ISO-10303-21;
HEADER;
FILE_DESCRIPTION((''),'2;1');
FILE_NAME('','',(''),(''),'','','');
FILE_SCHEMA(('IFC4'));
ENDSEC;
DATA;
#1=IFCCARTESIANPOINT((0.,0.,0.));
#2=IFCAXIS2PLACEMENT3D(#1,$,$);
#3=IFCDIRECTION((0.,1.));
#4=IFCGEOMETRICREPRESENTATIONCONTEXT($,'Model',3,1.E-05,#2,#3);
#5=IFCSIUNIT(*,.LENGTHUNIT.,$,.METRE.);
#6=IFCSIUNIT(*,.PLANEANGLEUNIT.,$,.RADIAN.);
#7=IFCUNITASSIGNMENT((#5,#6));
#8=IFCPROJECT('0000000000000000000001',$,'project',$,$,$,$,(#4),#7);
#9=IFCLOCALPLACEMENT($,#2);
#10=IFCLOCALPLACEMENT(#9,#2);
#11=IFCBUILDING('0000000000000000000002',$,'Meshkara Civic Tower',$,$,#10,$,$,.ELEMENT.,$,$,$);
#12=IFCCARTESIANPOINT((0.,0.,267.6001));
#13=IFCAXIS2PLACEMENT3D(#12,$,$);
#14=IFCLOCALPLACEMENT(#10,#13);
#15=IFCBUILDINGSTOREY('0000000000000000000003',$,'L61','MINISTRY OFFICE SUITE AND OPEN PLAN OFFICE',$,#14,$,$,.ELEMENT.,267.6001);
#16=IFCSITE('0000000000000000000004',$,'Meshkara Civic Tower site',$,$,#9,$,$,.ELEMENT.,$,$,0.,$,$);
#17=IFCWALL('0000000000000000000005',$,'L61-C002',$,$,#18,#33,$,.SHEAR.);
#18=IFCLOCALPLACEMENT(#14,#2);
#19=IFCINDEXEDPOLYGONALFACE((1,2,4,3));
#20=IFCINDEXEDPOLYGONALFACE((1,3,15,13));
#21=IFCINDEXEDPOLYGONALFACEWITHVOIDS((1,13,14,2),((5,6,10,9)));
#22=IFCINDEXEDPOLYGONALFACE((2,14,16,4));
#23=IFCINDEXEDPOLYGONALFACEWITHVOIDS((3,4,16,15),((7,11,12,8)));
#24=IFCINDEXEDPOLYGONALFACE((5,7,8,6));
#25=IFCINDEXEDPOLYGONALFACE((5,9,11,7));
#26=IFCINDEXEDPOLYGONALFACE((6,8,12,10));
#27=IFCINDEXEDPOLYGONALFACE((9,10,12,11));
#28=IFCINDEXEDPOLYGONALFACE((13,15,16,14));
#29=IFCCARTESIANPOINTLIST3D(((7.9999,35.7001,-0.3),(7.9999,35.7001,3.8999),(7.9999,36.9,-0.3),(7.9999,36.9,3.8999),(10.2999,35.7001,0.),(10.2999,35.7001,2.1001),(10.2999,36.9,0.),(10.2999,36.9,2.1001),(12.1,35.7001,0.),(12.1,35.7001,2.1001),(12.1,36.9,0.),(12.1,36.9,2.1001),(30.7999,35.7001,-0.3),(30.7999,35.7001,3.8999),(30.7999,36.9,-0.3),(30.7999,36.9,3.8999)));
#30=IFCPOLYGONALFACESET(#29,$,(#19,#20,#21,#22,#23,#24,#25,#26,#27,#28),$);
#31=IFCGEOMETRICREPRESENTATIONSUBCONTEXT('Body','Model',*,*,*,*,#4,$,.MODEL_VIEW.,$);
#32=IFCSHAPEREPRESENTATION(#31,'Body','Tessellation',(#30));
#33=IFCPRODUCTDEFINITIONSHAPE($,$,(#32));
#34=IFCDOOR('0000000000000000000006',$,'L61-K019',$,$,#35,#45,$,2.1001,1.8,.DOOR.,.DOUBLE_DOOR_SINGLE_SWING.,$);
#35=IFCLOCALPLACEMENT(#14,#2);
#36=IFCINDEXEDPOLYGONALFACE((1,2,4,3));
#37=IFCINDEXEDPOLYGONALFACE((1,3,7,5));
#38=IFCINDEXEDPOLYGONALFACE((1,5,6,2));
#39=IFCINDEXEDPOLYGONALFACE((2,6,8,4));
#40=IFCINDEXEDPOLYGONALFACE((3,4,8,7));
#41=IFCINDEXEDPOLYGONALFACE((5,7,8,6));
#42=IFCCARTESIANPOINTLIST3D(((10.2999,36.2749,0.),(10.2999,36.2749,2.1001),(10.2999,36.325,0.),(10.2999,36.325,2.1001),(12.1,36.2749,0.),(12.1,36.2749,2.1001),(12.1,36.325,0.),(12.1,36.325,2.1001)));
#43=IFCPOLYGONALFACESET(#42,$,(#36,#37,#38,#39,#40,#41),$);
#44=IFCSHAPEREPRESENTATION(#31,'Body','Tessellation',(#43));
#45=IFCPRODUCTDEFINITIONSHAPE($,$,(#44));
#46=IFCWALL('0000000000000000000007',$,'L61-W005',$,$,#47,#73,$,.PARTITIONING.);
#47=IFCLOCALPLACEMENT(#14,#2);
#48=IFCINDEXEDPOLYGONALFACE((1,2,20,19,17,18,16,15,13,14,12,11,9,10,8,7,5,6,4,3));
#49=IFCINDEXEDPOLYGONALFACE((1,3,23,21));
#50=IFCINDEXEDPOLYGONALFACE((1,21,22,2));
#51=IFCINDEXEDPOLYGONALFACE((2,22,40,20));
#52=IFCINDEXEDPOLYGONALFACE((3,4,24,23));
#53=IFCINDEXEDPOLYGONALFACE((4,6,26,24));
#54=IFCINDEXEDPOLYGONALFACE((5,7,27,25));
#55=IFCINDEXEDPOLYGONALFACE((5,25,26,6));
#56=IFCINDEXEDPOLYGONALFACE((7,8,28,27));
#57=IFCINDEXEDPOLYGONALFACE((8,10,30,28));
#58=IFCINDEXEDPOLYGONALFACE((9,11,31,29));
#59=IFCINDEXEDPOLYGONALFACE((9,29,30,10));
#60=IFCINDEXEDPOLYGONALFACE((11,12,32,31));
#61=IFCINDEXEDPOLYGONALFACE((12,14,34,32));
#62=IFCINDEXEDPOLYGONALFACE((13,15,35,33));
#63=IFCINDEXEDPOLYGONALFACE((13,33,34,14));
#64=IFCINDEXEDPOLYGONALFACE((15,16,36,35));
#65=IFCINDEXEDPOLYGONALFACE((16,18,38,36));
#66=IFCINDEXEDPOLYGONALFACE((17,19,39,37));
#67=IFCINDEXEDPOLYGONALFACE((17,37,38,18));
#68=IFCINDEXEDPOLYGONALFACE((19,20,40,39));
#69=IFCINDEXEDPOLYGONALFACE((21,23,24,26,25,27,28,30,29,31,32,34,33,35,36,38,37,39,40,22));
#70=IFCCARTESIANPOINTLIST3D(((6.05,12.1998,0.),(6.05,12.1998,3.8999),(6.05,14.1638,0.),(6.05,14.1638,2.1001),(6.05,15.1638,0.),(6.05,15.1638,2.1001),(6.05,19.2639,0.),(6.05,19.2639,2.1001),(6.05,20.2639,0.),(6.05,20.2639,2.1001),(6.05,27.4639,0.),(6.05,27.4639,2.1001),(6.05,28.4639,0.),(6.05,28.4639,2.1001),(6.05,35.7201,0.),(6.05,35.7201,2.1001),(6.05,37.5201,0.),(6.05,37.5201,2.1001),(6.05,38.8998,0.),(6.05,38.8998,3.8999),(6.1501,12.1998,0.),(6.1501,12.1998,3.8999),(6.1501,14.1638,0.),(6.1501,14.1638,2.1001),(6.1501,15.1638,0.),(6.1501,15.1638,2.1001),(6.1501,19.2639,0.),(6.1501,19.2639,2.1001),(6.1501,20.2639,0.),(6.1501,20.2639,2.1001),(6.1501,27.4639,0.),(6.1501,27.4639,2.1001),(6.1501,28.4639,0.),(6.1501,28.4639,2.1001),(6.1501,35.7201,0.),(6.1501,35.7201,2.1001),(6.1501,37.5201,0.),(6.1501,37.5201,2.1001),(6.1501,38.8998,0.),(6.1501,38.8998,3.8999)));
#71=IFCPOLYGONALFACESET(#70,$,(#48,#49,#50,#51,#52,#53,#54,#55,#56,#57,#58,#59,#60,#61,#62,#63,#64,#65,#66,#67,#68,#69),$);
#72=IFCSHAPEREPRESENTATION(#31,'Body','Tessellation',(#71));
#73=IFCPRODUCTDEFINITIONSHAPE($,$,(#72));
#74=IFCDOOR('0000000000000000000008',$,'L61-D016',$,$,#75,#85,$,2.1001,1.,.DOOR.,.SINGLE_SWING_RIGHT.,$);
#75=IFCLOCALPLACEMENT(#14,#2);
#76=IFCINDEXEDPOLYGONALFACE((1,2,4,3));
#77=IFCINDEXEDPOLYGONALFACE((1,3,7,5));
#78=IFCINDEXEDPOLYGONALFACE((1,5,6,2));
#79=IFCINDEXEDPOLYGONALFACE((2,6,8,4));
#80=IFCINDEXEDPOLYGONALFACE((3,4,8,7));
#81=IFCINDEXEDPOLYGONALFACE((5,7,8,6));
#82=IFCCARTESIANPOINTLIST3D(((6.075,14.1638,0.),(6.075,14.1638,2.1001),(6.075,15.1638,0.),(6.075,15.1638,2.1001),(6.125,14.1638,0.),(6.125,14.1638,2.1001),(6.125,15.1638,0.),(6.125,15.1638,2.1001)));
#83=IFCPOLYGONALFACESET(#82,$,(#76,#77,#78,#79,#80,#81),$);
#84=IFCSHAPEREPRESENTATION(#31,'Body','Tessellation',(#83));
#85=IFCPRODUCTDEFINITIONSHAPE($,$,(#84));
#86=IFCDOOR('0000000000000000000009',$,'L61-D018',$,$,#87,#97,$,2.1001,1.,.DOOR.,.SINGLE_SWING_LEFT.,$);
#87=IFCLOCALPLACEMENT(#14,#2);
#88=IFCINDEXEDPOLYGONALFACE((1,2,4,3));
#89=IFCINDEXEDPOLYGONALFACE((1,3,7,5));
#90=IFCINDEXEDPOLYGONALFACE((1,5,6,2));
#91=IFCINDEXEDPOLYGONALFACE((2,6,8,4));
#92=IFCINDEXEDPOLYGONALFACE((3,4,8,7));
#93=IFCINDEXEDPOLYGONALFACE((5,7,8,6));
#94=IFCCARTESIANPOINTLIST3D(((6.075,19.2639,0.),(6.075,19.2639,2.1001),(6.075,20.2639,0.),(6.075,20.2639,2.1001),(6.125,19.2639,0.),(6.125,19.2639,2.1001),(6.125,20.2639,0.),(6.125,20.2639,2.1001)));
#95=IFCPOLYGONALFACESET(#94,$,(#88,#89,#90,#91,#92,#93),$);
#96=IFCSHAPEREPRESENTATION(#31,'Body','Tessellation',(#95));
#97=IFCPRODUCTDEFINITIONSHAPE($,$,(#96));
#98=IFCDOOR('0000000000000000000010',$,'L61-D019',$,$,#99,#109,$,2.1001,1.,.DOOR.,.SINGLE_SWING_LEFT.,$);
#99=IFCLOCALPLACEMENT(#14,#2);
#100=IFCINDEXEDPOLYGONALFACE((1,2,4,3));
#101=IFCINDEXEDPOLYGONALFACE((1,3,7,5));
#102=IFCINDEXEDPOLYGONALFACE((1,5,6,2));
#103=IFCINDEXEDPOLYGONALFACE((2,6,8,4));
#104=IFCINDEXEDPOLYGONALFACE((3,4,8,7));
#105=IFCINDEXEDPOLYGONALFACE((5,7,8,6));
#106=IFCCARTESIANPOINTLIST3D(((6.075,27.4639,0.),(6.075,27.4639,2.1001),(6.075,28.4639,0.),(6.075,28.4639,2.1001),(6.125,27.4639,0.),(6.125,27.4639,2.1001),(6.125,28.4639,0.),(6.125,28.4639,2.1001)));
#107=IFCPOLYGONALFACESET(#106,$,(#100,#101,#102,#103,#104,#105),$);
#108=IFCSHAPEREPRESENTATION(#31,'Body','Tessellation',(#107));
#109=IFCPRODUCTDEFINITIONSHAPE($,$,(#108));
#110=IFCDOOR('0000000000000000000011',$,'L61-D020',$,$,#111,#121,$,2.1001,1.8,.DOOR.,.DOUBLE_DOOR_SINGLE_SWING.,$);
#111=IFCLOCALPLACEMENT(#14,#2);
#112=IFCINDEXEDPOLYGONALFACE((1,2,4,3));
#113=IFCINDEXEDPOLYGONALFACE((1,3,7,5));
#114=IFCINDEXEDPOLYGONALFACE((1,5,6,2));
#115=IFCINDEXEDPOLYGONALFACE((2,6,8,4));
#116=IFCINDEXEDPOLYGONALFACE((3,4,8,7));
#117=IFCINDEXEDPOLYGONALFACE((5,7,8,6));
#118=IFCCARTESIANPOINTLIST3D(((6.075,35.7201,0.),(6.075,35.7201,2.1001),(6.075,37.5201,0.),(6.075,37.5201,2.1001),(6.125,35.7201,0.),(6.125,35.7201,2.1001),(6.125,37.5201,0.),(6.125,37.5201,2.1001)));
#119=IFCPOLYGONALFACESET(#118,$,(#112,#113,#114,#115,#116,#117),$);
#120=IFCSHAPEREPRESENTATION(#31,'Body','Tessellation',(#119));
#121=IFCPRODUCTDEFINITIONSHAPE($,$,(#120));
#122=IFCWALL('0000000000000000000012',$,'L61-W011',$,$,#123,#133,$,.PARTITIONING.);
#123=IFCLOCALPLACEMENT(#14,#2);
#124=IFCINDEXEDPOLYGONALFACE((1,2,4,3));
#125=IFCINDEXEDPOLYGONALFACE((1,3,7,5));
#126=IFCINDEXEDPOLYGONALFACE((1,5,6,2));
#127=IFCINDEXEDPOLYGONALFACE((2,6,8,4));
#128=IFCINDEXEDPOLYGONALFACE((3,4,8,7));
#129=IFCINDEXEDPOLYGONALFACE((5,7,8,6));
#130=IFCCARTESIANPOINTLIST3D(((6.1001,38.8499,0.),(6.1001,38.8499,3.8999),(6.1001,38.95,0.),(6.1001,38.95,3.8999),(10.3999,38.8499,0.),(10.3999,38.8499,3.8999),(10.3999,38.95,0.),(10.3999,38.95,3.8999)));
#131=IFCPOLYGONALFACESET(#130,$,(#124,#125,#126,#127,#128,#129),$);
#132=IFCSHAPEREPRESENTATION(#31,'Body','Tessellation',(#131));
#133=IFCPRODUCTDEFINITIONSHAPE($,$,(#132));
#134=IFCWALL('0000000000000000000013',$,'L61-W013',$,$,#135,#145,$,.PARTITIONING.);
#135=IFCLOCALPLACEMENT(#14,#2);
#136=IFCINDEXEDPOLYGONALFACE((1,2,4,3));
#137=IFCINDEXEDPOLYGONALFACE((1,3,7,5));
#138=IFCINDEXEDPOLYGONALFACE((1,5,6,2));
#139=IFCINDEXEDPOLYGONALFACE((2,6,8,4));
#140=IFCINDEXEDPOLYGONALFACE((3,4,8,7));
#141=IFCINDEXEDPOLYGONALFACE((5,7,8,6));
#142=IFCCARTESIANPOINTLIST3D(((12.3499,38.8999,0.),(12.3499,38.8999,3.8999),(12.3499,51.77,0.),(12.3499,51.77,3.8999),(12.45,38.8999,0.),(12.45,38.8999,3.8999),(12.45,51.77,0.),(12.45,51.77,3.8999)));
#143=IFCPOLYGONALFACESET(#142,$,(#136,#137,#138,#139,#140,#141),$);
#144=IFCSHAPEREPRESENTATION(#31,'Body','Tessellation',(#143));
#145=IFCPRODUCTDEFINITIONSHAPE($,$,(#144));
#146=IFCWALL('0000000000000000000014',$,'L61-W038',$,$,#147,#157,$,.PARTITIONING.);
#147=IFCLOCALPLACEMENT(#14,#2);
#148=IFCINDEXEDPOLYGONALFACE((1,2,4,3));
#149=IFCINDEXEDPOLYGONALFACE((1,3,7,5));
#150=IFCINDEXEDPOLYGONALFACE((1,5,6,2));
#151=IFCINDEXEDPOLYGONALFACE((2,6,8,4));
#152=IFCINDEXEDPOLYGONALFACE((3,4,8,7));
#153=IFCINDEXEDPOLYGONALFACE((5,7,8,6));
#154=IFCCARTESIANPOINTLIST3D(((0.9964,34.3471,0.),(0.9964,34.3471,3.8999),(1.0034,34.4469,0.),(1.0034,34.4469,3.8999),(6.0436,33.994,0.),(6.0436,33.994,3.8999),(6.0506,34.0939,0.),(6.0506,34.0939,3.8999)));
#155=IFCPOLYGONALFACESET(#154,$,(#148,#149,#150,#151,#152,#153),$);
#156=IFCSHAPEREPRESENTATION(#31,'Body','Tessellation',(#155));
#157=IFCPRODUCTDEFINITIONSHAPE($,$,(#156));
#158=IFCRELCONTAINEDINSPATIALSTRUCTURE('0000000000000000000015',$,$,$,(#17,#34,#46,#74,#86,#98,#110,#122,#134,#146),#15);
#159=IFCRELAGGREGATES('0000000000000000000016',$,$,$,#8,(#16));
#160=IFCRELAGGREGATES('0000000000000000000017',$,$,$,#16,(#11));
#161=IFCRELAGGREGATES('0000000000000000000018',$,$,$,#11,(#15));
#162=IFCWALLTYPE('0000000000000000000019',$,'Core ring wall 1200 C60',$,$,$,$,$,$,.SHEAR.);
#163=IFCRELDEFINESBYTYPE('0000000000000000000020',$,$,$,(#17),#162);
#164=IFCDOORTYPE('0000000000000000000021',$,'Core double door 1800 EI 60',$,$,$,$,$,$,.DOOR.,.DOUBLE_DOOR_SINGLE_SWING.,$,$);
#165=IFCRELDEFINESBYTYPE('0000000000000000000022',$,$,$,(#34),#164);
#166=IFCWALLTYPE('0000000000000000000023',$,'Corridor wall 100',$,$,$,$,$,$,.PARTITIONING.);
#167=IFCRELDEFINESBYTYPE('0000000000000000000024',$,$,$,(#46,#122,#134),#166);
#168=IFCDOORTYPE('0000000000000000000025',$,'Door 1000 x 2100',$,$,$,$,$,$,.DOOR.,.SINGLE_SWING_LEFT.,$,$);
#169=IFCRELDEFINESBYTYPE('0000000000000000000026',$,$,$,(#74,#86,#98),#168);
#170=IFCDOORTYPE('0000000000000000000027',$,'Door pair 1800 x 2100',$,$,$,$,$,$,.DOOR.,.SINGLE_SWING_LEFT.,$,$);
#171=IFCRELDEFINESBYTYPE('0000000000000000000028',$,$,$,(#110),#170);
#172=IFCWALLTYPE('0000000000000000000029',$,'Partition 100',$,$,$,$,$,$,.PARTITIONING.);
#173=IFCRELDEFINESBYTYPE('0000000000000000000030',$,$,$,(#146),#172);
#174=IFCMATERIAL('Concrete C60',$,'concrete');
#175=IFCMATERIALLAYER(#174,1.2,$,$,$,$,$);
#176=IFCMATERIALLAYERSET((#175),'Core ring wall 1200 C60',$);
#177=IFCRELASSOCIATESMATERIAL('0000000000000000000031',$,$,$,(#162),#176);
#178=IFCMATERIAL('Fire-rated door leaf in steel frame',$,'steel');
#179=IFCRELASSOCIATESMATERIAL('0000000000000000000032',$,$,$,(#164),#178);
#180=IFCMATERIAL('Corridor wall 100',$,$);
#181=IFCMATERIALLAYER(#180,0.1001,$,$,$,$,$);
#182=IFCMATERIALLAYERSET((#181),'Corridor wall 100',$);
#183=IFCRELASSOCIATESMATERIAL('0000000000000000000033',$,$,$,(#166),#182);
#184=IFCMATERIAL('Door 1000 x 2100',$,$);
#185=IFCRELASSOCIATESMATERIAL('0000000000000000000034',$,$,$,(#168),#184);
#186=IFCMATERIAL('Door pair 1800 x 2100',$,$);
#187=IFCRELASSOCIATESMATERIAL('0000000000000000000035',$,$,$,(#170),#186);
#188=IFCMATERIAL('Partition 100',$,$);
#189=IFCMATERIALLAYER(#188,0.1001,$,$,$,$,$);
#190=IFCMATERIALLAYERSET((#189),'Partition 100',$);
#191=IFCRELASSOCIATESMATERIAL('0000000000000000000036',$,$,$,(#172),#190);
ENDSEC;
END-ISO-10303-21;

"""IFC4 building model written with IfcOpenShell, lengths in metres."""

from ifc_helpers import new_model, si_unit, direction, frame, frame_2d, origin, place, context, subcontext, project, spatial, rectangle, extrude, material, layer, layer_set, type_object, element, fill, save


model = new_model("IFC4")

# Units and contexts
model_context = context("Model", 3, precision=1e-05, world=origin(), true_north=direction((0.0, 1.0)))
body_context = subcontext(model_context, "Body", "Model", "MODEL_VIEW")
ifc_project = project(units=[si_unit("LENGTHUNIT", "METRE"), si_unit("PLANEANGLEUNIT", "RADIAN")], contexts=[model_context])

# Site, building, storey
site_placement = place(None, origin())
site = spatial("IfcSite", under=ifc_project, at=site_placement, Name="Meshkara Civic Tower site", CompositionType="ELEMENT", RefElevation=0.0)
building_placement = place(site_placement, origin())
building = spatial("IfcBuilding", under=site, at=building_placement, Name="Meshkara Civic Tower", CompositionType="ELEMENT")
storey_placement = place(building_placement, frame((0.0, 0.0, 267.6001)))
storey = spatial("IfcBuildingStorey", under=building, at=storey_placement, Name="L61", Description="MINISTRY OFFICE SUITE AND OPEN PLAN OFFICE", CompositionType="ELEMENT", Elevation=267.6001)

# Wall, opening, door
ifc_material_1 = material(Name="Concrete C60", Category="concrete")
ifc_layer_1 = layer(ifc_material_1, 1.2)
ifc_layer_set_1 = layer_set([ifc_layer_1], Name="Core ring wall 1200 C60")
wall_type_1 = type_object("IfcWallType", Name="Core ring wall 1200 C60", PredefinedType="SHEAR", material=ifc_layer_set_1)
wall_1_placement = place(storey_placement, frame((8.0, 36.3, -0.3), z_axis=(0.0, 0.0, 1.0), x_axis=(1.0, 0.0, 0.0)))
wall_1 = element("IfcWall", 1, at=wall_1_placement, inside=storey, type_object=wall_type_1, Name="L61-C002", PredefinedType="SHEAR", context=body_context, shape_type="SweptSolid", body=[
    extrude(rectangle(XDim=22.8, YDim=1.2, at=frame_2d((11.3999, 0.0))), origin(), (0.0, 0.0, 1.0), 4.2),
])
opening_1_placement = place(wall_1_placement, frame((2.3, 0.0, 0.3)))
opening_1 = element("IfcOpeningElement", 2, at=opening_1_placement, cuts=wall_1, PredefinedType="OPENING", context=body_context, shape_type="SweptSolid", body=[
    extrude(rectangle(XDim=1.8, YDim=2.1001, at=frame_2d((0.8999, 1.05))), frame((0.0, 0.6099, 0.0), z_axis=(0.0, -1.0, 0.0), x_axis=(1.0, 0.0, 0.0)), (0.0, 0.0, 1.0), 1.22),
])
ifc_material_2 = material(Name="Fire-rated door leaf in steel frame", Category="steel")
door_type_1 = type_object("IfcDoorType", Name="Core double door 1800 EI 60", OperationType="DOUBLE_DOOR_SINGLE_SWING", PredefinedType="DOOR", material=ifc_material_2)
door_1_placement = place(opening_1_placement, origin())
door_1 = element("IfcDoor", 3, at=door_1_placement, inside=storey, type_object=door_type_1, Name="L61-K019", OperationType="DOUBLE_DOOR_SINGLE_SWING", OverallHeight=2.1001, OverallWidth=1.8, PredefinedType="DOOR", context=body_context, shape_type="SweptSolid", body=[
    extrude(rectangle(XDim=1.8, YDim=2.1001, at=frame_2d((0.8999, 1.05))), frame((0.0, 0.0249, 0.0), z_axis=(0.0, -1.0, 0.0), x_axis=(1.0, 0.0, 0.0)), (0.0, 0.0, 1.0), 0.05),
])
fill(opening_1, door_1)

# Wall, openings, doors
ifc_material_3 = material(Name="Corridor wall 100")
ifc_layer_2 = layer(ifc_material_3, 0.1001)
ifc_layer_set_2 = layer_set([ifc_layer_2], Name="Corridor wall 100")
wall_type_2 = type_object("IfcWallType", Name="Corridor wall 100", PredefinedType="PARTITIONING", material=ifc_layer_set_2)
wall_2_placement = place(storey_placement, frame((6.1001, 38.8999, 0.0), z_axis=(0.0, 0.0, 1.0), x_axis=(0.0, -1.0, 0.0)))
wall_2 = element("IfcWall", 4, at=wall_2_placement, inside=storey, type_object=wall_type_2, Name="L61-W005", PredefinedType="PARTITIONING", context=body_context, shape_type="SweptSolid", body=[
    extrude(rectangle(XDim=26.7, YDim=0.1001, at=frame_2d((13.3501, 0.0))), origin(), (0.0, 0.0, 1.0), 3.8999),
])
opening_2_placement = place(wall_2_placement, frame((23.7361, 0.0, 0.0)))
opening_2 = element("IfcOpeningElement", 5, at=opening_2_placement, cuts=wall_2, PredefinedType="OPENING", context=body_context, shape_type="SweptSolid", body=[
    extrude(rectangle(XDim=1.0, YDim=2.1001, at=frame_2d((0.5, 1.05))), frame((0.0, 0.0601, 0.0), z_axis=(0.0, -1.0, 0.0), x_axis=(1.0, 0.0, 0.0)), (0.0, 0.0, 1.0), 0.1201),
])
opening_3_placement = place(wall_2_placement, frame((18.636, 0.0, 0.0)))
opening_3 = element("IfcOpeningElement", 6, at=opening_3_placement, cuts=wall_2, PredefinedType="OPENING", context=body_context, shape_type="SweptSolid", body=[
    extrude(rectangle(XDim=1.0, YDim=2.1001, at=frame_2d((0.5, 1.05))), frame((0.0, 0.0601, 0.0), z_axis=(0.0, -1.0, 0.0), x_axis=(1.0, 0.0, 0.0)), (0.0, 0.0, 1.0), 0.1201),
])
opening_4_placement = place(wall_2_placement, frame((10.436, 0.0, 0.0)))
opening_4 = element("IfcOpeningElement", 7, at=opening_4_placement, cuts=wall_2, PredefinedType="OPENING", context=body_context, shape_type="SweptSolid", body=[
    extrude(rectangle(XDim=1.0, YDim=2.1001, at=frame_2d((0.5, 1.05))), frame((0.0, 0.0601, 0.0), z_axis=(0.0, -1.0, 0.0), x_axis=(1.0, 0.0, 0.0)), (0.0, 0.0, 1.0), 0.1201),
])
opening_5_placement = place(wall_2_placement, frame((1.3799, 0.0, 0.0)))
opening_5 = element("IfcOpeningElement", 8, at=opening_5_placement, cuts=wall_2, PredefinedType="OPENING", context=body_context, shape_type="SweptSolid", body=[
    extrude(rectangle(XDim=1.8, YDim=2.1001, at=frame_2d((0.8999, 1.05))), frame((0.0, 0.0601, 0.0), z_axis=(0.0, -1.0, 0.0), x_axis=(1.0, 0.0, 0.0)), (0.0, 0.0, 1.0), 0.1201),
])
ifc_material_4 = material(Name="Door 1000 x 2100")
door_type_2 = type_object("IfcDoorType", Name="Door 1000 x 2100", OperationType="SINGLE_SWING_LEFT", PredefinedType="DOOR", material=ifc_material_4)
door_2_placement = place(opening_2_placement, origin())
door_2 = element("IfcDoor", 9, at=door_2_placement, inside=storey, type_object=door_type_2, Name="L61-D016", OperationType="SINGLE_SWING_RIGHT", OverallHeight=2.1001, OverallWidth=1.0, PredefinedType="DOOR", context=body_context, shape_type="SweptSolid", body=[
    extrude(rectangle(XDim=1.0, YDim=2.1001, at=frame_2d((0.5, 1.05))), frame((0.0, 0.0249, 0.0), z_axis=(0.0, -1.0, 0.0), x_axis=(1.0, 0.0, 0.0)), (0.0, 0.0, 1.0), 0.05),
])
fill(opening_2, door_2)
door_3_placement = place(opening_3_placement, origin())
door_3 = element("IfcDoor", 10, at=door_3_placement, inside=storey, type_object=door_type_2, Name="L61-D018", OperationType="SINGLE_SWING_LEFT", OverallHeight=2.1001, OverallWidth=1.0, PredefinedType="DOOR", context=body_context, shape_type="SweptSolid", body=[
    extrude(rectangle(XDim=1.0, YDim=2.1001, at=frame_2d((0.5, 1.05))), frame((0.0, 0.0249, 0.0), z_axis=(0.0, -1.0, 0.0), x_axis=(1.0, 0.0, 0.0)), (0.0, 0.0, 1.0), 0.05),
])
fill(opening_3, door_3)
door_4_placement = place(opening_4_placement, origin())
door_4 = element("IfcDoor", 11, at=door_4_placement, inside=storey, type_object=door_type_2, Name="L61-D019", OperationType="SINGLE_SWING_LEFT", OverallHeight=2.1001, OverallWidth=1.0, PredefinedType="DOOR", context=body_context, shape_type="SweptSolid", body=[
    extrude(rectangle(XDim=1.0, YDim=2.1001, at=frame_2d((0.5, 1.05))), frame((0.0, 0.0249, 0.0), z_axis=(0.0, -1.0, 0.0), x_axis=(1.0, 0.0, 0.0)), (0.0, 0.0, 1.0), 0.05),
])
fill(opening_4, door_4)
ifc_material_5 = material(Name="Door pair 1800 x 2100")
door_type_3 = type_object("IfcDoorType", Name="Door pair 1800 x 2100", OperationType="SINGLE_SWING_LEFT", PredefinedType="DOOR", material=ifc_material_5)
door_5_placement = place(opening_5_placement, origin())
door_5 = element("IfcDoor", 12, at=door_5_placement, inside=storey, type_object=door_type_3, Name="L61-D020", OperationType="DOUBLE_DOOR_SINGLE_SWING", OverallHeight=2.1001, OverallWidth=1.8, PredefinedType="DOOR", context=body_context, shape_type="SweptSolid", body=[
    extrude(rectangle(XDim=1.8, YDim=2.1001, at=frame_2d((0.8999, 1.05))), frame((0.0, 0.0249, 0.0), z_axis=(0.0, -1.0, 0.0), x_axis=(1.0, 0.0, 0.0)), (0.0, 0.0, 1.0), 0.05),
])
fill(opening_5, door_5)

# Walls
wall_3_placement = place(storey_placement, frame((10.3999, 38.8999, 0.0), z_axis=(0.0, 0.0, 1.0), x_axis=(-1.0, 0.0, 0.0)))
element("IfcWall", 13, at=wall_3_placement, inside=storey, type_object=wall_type_2, Name="L61-W011", PredefinedType="PARTITIONING", context=body_context, shape_type="SweptSolid", body=[
    extrude(rectangle(XDim=4.2998, YDim=0.1001, at=frame_2d((2.1499, 0.0))), origin(), (0.0, 0.0, 1.0), 3.8999),
])
wall_4_placement = place(storey_placement, frame((12.3999, 38.8999, 0.0), z_axis=(0.0, 0.0, 1.0), x_axis=(0.0, 1.0, 0.0)))
element("IfcWall", 14, at=wall_4_placement, inside=storey, type_object=wall_type_2, Name="L61-W013", PredefinedType="PARTITIONING", context=body_context, shape_type="SweptSolid", body=[
    extrude(rectangle(XDim=12.8701, YDim=0.1001, at=frame_2d((6.4351, 0.0))), origin(), (0.0, 0.0, 1.0), 3.8999),
])
ifc_material_6 = material(Name="Partition 100")
ifc_layer_3 = layer(ifc_material_6, 0.1001)
ifc_layer_set_3 = layer_set([ifc_layer_3], Name="Partition 100")
wall_type_3 = type_object("IfcWallType", Name="Partition 100", PredefinedType="PARTITIONING", material=ifc_layer_set_3)
wall_5_placement = place(storey_placement, frame((6.0471, 34.0439, 0.0), z_axis=(0.0, 0.0, 1.0), x_axis=(-0.997563, 0.069776, 0.0)))
element("IfcWall", 15, at=wall_5_placement, inside=storey, type_object=wall_type_3, Name="L61-W038", PredefinedType="PARTITIONING", context=body_context, shape_type="SweptSolid", body=[
    extrude(rectangle(XDim=5.0596, YDim=0.1001, at=frame_2d((2.5298, 0.0))), origin(), (0.0, 0.0, 1.0), 3.8999),
])

save(model, "model.ifc")
